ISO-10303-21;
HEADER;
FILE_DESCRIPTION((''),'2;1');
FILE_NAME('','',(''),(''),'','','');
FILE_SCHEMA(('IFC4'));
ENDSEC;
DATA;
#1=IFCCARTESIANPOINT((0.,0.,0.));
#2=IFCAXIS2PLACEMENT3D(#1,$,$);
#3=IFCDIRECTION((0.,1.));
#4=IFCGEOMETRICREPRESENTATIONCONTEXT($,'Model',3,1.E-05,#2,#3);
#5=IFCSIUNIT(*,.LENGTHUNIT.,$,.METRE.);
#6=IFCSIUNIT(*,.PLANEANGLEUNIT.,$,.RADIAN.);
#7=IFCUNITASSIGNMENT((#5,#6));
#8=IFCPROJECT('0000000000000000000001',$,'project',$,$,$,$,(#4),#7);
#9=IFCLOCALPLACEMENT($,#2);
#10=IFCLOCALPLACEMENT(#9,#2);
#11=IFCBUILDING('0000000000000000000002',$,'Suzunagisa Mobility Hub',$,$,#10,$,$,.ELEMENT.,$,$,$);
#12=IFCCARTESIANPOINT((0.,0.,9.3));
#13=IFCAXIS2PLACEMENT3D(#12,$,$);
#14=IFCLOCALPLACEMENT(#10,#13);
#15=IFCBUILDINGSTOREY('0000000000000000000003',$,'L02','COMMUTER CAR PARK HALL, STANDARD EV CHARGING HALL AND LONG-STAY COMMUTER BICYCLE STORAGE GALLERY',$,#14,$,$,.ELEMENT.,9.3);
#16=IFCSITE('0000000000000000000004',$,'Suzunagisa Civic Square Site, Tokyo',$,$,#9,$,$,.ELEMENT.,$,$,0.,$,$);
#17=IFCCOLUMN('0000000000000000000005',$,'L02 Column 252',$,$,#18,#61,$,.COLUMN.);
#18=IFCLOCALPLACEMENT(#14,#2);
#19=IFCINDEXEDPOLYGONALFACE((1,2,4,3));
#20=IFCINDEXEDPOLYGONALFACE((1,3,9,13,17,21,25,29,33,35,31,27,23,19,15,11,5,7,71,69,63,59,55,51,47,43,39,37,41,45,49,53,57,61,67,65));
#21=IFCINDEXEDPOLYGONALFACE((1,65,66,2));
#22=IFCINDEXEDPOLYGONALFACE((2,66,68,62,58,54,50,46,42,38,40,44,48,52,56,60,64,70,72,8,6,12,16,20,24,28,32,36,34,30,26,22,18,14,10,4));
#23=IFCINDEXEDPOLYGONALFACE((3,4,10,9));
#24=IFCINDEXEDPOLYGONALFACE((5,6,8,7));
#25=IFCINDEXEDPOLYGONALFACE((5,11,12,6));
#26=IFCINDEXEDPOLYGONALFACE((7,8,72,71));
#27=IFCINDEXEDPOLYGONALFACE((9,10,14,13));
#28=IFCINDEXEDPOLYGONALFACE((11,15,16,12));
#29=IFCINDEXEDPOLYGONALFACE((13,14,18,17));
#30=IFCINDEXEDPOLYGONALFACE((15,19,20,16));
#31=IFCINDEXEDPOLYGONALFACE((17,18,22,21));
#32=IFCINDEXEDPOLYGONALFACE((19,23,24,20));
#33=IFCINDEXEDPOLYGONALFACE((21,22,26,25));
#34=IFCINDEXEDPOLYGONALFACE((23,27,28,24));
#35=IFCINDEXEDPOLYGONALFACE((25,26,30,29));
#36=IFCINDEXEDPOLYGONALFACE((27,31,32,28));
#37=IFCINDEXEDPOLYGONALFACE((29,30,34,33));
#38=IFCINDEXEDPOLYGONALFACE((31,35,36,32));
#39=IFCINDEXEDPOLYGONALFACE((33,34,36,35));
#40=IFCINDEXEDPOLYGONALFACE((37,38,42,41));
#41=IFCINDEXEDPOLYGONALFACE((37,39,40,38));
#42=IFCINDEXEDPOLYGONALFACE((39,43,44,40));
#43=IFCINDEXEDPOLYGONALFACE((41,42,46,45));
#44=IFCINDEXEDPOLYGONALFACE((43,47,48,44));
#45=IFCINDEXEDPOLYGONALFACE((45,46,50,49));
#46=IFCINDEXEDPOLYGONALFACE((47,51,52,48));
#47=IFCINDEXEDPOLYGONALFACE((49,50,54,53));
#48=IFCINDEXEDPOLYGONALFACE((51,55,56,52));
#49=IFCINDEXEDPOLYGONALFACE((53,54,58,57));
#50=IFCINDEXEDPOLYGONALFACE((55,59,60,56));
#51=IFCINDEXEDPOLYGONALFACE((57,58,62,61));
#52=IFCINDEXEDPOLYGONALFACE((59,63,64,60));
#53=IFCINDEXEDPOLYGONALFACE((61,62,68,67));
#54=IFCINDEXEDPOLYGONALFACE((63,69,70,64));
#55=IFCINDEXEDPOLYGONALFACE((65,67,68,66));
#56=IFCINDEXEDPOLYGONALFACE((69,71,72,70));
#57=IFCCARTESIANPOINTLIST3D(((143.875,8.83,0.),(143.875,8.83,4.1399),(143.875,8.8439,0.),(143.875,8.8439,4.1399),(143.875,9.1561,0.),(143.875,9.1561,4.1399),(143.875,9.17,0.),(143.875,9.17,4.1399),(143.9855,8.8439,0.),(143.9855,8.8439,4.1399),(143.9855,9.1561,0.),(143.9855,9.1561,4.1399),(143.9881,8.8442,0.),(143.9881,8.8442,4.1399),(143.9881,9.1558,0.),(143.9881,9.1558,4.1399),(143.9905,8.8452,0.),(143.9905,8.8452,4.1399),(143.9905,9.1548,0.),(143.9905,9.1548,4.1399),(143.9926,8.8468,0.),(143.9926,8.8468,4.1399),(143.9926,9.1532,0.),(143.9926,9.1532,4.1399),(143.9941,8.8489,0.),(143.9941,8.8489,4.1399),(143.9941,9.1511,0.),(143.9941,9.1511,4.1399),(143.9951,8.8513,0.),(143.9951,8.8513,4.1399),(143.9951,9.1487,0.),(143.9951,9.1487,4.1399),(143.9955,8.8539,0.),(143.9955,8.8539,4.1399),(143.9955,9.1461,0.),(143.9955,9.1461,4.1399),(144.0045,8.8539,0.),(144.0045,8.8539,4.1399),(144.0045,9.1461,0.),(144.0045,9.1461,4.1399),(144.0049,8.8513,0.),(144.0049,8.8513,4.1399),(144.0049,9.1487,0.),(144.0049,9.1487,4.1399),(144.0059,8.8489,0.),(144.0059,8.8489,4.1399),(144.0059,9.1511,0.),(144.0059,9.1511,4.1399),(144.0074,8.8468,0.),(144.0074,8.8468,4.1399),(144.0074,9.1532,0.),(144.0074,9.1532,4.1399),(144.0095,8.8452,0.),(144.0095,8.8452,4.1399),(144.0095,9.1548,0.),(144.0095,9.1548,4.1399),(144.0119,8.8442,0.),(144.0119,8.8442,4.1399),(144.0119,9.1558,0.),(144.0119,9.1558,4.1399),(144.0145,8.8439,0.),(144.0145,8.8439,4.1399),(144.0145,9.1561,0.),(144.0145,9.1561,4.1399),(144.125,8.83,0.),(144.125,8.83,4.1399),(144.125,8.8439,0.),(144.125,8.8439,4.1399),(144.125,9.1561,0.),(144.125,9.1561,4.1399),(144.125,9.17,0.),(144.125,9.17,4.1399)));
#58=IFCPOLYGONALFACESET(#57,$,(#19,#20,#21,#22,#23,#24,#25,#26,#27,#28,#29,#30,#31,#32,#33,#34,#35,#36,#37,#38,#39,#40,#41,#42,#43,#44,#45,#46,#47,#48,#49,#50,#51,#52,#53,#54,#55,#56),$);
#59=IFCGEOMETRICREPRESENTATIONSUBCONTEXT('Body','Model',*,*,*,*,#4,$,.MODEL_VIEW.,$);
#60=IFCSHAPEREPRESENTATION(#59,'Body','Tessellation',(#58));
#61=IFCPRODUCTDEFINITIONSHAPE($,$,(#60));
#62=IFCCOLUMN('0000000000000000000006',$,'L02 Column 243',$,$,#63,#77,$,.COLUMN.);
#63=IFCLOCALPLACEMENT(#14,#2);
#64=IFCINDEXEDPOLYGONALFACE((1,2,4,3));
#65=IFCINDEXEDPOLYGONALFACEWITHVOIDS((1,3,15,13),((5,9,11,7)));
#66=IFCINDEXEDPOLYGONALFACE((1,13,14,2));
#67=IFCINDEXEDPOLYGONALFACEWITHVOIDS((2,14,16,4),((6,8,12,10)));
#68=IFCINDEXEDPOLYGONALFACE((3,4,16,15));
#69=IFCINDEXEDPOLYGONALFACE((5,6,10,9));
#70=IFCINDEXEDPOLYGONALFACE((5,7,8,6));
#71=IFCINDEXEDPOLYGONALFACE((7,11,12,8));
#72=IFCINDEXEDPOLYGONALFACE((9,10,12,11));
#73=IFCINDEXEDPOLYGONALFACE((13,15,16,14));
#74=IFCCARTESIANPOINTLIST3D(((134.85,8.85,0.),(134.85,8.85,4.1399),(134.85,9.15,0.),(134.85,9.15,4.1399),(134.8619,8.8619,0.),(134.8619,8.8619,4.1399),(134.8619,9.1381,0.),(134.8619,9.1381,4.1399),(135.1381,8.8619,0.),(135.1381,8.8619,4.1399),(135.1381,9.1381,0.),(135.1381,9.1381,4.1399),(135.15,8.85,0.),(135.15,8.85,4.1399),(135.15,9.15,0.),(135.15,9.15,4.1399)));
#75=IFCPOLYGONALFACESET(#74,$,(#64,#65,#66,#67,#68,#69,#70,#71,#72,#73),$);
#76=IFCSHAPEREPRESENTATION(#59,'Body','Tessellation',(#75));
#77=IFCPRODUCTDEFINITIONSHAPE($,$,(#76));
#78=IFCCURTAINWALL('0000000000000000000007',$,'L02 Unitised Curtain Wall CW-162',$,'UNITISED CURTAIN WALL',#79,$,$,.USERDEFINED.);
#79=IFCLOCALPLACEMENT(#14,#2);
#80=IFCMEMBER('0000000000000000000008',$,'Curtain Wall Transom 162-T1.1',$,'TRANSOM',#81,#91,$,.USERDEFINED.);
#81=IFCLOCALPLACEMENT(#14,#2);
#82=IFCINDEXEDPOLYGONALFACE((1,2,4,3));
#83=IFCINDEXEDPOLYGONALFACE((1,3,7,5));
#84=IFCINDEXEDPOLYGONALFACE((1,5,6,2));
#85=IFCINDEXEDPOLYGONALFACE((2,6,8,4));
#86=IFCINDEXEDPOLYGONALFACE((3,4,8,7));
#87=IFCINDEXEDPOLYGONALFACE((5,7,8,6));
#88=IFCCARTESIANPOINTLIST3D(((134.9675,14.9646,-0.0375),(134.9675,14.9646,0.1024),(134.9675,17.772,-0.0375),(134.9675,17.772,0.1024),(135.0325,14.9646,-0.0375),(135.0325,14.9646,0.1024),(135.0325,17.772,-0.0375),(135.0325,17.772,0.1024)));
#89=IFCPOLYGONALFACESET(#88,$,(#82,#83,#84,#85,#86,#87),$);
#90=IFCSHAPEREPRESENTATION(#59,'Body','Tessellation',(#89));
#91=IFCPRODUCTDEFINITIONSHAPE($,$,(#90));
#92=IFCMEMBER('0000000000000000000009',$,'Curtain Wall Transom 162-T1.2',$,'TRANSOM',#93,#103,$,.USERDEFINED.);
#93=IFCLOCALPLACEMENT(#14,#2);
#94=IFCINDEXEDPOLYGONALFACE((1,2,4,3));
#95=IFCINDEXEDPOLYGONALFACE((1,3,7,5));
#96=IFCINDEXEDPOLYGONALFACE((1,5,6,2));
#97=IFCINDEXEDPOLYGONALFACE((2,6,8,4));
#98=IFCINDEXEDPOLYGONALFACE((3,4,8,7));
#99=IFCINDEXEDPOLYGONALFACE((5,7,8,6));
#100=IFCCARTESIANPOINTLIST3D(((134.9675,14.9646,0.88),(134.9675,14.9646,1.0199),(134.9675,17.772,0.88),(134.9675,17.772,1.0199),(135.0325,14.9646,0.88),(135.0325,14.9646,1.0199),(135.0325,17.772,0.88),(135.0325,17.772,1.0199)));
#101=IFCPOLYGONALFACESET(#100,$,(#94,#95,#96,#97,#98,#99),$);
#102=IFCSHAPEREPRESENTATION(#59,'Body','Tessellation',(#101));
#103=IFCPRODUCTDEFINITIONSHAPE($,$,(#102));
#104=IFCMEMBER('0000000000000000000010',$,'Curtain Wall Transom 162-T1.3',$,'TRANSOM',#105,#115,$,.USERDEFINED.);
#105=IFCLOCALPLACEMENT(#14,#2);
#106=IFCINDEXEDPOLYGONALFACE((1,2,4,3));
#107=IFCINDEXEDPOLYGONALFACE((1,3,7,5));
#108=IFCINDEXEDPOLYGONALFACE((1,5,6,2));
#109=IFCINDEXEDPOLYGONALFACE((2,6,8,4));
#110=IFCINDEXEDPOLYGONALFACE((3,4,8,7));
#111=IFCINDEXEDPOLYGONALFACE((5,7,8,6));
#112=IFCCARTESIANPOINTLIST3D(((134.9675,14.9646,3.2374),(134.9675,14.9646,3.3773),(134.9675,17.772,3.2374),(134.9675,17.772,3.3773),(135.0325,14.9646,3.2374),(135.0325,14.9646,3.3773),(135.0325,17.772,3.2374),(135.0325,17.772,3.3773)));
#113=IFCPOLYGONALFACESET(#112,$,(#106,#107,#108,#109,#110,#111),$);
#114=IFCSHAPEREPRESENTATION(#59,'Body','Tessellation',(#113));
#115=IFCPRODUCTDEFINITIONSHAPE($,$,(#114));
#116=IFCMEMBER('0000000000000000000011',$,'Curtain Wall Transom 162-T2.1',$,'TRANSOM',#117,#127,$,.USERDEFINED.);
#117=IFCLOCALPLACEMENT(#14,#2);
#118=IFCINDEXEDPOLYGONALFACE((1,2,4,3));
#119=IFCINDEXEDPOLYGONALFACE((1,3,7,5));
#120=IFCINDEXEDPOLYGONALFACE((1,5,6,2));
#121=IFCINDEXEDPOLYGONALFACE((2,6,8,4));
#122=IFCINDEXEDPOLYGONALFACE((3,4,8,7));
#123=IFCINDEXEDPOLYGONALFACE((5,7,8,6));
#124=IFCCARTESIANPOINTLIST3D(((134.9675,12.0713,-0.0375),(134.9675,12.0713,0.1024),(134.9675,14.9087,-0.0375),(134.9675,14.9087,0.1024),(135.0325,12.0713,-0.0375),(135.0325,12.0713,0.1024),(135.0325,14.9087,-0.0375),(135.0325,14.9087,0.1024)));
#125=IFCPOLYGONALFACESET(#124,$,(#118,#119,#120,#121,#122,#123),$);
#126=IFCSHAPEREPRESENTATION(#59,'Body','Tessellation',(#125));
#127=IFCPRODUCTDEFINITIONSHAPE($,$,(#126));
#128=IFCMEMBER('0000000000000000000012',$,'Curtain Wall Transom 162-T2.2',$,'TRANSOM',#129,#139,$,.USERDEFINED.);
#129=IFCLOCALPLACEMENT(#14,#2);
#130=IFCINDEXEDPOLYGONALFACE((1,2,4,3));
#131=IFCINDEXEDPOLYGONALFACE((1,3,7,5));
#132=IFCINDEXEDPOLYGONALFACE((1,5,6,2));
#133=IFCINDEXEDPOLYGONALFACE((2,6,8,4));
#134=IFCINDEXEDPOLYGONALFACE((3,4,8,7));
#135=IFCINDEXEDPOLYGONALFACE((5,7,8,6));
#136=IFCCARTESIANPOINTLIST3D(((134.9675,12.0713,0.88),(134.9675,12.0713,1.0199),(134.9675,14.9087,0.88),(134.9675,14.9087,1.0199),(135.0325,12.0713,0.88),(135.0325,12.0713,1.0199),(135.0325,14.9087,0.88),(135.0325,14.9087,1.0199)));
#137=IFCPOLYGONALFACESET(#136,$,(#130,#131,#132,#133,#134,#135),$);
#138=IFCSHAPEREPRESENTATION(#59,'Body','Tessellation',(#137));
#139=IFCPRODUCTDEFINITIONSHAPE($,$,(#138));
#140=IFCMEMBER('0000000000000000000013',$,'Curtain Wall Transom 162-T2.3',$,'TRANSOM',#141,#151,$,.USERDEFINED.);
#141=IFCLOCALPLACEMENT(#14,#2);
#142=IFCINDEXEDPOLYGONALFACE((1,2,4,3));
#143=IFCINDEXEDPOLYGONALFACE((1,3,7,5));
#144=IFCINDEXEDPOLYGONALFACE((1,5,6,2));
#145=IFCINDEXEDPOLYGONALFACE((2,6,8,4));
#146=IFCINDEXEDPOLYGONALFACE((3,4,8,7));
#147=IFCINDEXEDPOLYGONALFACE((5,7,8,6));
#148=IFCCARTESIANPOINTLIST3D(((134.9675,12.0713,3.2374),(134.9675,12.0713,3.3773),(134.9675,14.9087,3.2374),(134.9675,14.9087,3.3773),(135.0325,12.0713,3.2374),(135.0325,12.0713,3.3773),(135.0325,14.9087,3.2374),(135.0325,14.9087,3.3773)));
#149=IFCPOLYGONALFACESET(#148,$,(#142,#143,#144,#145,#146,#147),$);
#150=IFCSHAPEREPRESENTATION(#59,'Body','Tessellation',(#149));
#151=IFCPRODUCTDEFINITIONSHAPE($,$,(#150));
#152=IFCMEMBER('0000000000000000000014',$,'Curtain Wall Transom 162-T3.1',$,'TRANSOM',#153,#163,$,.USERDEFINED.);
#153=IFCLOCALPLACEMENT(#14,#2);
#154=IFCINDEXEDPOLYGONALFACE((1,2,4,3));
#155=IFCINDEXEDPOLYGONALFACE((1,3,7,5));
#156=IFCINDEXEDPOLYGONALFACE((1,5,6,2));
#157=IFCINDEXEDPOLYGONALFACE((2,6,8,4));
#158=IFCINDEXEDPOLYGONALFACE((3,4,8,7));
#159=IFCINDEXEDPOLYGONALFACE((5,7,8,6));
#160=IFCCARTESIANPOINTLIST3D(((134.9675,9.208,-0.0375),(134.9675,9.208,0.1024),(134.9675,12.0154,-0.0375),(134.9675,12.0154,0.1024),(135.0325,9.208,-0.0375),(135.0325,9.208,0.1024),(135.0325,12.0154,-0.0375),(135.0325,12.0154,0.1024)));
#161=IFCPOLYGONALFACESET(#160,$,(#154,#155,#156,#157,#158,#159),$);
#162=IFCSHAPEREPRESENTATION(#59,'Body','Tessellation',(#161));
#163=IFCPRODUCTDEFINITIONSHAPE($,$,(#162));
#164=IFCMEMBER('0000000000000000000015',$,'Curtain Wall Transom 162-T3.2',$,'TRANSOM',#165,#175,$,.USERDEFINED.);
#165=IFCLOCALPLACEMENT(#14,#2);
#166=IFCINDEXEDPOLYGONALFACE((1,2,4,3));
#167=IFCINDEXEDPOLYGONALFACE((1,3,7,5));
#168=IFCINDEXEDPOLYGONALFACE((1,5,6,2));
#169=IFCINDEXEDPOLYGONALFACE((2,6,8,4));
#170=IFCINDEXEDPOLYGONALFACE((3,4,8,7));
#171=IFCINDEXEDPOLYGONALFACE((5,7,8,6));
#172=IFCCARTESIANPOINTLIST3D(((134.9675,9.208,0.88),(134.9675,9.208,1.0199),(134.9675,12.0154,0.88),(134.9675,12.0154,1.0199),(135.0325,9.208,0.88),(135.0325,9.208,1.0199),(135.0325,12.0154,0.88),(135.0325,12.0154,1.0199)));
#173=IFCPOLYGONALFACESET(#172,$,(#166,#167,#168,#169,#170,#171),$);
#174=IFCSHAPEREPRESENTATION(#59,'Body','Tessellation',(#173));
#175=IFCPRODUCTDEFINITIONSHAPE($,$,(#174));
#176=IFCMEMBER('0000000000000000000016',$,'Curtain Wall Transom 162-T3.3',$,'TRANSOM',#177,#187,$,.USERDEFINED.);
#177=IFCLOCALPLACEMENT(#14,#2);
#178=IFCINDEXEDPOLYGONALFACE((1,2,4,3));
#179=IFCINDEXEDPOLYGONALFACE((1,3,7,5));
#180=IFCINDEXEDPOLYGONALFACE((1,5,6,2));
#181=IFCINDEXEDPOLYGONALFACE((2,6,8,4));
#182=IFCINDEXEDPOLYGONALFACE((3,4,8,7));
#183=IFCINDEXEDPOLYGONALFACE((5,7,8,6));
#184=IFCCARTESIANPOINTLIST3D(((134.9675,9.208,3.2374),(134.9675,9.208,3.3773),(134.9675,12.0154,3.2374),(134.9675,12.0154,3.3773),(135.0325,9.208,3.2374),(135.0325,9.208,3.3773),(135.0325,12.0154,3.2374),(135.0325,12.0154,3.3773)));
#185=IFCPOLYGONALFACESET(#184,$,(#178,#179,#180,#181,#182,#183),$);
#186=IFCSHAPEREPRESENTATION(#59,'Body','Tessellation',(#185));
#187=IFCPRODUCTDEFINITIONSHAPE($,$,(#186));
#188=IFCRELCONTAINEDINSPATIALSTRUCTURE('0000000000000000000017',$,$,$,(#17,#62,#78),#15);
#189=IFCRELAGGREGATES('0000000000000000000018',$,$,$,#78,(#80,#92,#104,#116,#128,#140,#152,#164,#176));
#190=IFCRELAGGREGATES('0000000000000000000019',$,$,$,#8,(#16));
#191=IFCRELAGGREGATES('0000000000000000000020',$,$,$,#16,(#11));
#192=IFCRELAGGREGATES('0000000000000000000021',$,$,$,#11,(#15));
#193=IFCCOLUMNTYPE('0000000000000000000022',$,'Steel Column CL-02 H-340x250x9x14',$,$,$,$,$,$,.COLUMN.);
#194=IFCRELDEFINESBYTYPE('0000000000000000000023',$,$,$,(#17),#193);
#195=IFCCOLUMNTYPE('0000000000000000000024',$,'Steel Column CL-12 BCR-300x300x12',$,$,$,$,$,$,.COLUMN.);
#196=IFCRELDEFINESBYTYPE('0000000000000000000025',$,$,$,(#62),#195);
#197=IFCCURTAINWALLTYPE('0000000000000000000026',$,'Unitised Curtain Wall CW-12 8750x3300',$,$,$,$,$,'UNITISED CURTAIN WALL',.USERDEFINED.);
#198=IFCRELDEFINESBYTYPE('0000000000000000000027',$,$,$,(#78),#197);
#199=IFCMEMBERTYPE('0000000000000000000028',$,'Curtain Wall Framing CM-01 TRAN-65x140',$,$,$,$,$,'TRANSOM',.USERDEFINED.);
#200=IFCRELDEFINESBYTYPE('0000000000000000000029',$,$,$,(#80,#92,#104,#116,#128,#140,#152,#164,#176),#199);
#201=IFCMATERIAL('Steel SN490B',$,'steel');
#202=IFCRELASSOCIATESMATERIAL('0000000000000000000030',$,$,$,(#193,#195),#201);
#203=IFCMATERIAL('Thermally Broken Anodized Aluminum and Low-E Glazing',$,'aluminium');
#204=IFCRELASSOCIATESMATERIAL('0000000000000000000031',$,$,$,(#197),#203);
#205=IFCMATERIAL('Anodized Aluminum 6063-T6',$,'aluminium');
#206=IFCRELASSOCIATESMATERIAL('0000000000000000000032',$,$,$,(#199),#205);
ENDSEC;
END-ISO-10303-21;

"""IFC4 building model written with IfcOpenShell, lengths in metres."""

from ifc_helpers import new_model, si_unit, direction, frame, origin, origin_2d, place, context, subcontext, project, spatial, rectangle, hollow_rectangle, i_section, extrude, material, material_profile, profile_set, type_object, element, aggregate, save


model = new_model("IFC4")

# Units and contexts
model_context = context("Model", 3, precision=1e-05, world=origin(), true_north=direction((0.0, 1.0)))
body_context = subcontext(model_context, "Body", "Model", "MODEL_VIEW")
ifc_project = project(units=[si_unit("LENGTHUNIT", "METRE"), si_unit("PLANEANGLEUNIT", "RADIAN")], contexts=[model_context])

# Site, building, storey
site_placement = place(None, origin())
site = spatial("IfcSite", under=ifc_project, at=site_placement, Name="Suzunagisa Civic Square Site, Tokyo", CompositionType="ELEMENT", RefElevation=0.0)
building_placement = place(site_placement, origin())
building = spatial("IfcBuilding", under=site, at=building_placement, Name="Suzunagisa Mobility Hub", CompositionType="ELEMENT")
storey_placement = place(building_placement, frame((0.0, 0.0, 9.3)))
storey = spatial("IfcBuildingStorey", under=building, at=storey_placement, Name="L02", Description="COMMUTER CAR PARK HALL, STANDARD EV CHARGING HALL AND LONG-STAY COMMUTER BICYCLE STORAGE GALLERY", CompositionType="ELEMENT", Elevation=9.3)

# Columns
ifc_material_1 = material(Name="Steel SN490B", Category="steel")
ifc_material_profile_1 = material_profile(ifc_material_1, i_section(OverallWidth=0.25, OverallDepth=0.3401, WebThickness=0.009, FlangeThickness=0.0139, FilletRadius=0.01, at=origin_2d()), Name="H-340x250x9x14")
ifc_profile_set_1 = profile_set([ifc_material_profile_1], Name="Steel SN490B")
column_type_1 = type_object("IfcColumnType", Name="Steel Column CL-02 H-340x250x9x14", PredefinedType="COLUMN", material=ifc_profile_set_1)
column_1_placement = place(storey_placement, frame((144.0, 9.0, 0.0), z_axis=(0.0, 0.0, 1.0), x_axis=(1.0, 0.0, 0.0)))
element("IfcColumn", 1, at=column_1_placement, inside=storey, type_object=column_type_1, Name="L02 Column 252", PredefinedType="COLUMN", context=body_context, shape_type="SweptSolid", body=[
    extrude(i_section(OverallWidth=0.25, OverallDepth=0.3401, WebThickness=0.009, FlangeThickness=0.0139, FilletRadius=0.01, at=origin_2d()), origin(), (0.0, 0.0, 1.0), 4.1399),
])
ifc_material_profile_2 = material_profile(ifc_material_1, hollow_rectangle(XDim=0.3, YDim=0.3, WallThickness=0.012, at=origin_2d()), Name="BCR-300x300x12")
ifc_profile_set_2 = profile_set([ifc_material_profile_2], Name="Steel SN490B")
column_type_2 = type_object("IfcColumnType", Name="Steel Column CL-12 BCR-300x300x12", PredefinedType="COLUMN", material=ifc_profile_set_2)
column_2_placement = place(storey_placement, frame((135.0, 9.0, 0.0), z_axis=(0.0, 0.0, 1.0), x_axis=(1.0, 0.0, 0.0)))
element("IfcColumn", 2, at=column_2_placement, inside=storey, type_object=column_type_2, Name="L02 Column 243", PredefinedType="COLUMN", context=body_context, shape_type="SweptSolid", body=[
    extrude(hollow_rectangle(XDim=0.3, YDim=0.3, WallThickness=0.012, at=origin_2d()), origin(), (0.0, 0.0, 1.0), 4.1399),
])

# Curtain wall, members
ifc_material_2 = material(Name="Thermally Broken Anodized Aluminum and Low-E Glazing", Category="aluminium")
curtain_wall_type = type_object("IfcCurtainWallType", Name="Unitised Curtain Wall CW-12 8750x3300", ElementType="UNITISED CURTAIN WALL", PredefinedType="USERDEFINED", material=ifc_material_2)
curtain_wall_placement = place(storey_placement, origin())
curtain_wall = element("IfcCurtainWall", 3, at=curtain_wall_placement, inside=storey, type_object=curtain_wall_type, Name="L02 Unitised Curtain Wall CW-162", ObjectType="UNITISED CURTAIN WALL", PredefinedType="USERDEFINED")
ifc_material_3 = material(Name="Anodized Aluminum 6063-T6", Category="aluminium")
ifc_material_profile_3 = material_profile(ifc_material_3, rectangle(XDim=0.0649, YDim=0.1399, at=origin_2d()), Name="TRAN-65x140")
ifc_profile_set_3 = profile_set([ifc_material_profile_3], Name="Anodized Aluminum 6063-T6")
member_type_1 = type_object("IfcMemberType", Name="Curtain Wall Framing CM-01 TRAN-65x140", ElementType="TRANSOM", PredefinedType="USERDEFINED", material=ifc_profile_set_3)
member_1_placement = place(storey_placement, frame((135.0, 17.772, 0.0325), z_axis=(0.0, -1.0, 0.0), x_axis=(1.0, 0.0, 0.0)))
member_1 = element("IfcMember", 4, at=member_1_placement, type_object=member_type_1, Name="Curtain Wall Transom 162-T1.1", ObjectType="TRANSOM", PredefinedType="USERDEFINED", context=body_context, shape_type="SweptSolid", body=[
    extrude(rectangle(XDim=0.0649, YDim=0.1399, at=origin_2d()), origin(), (0.0, 0.0, 1.0), 2.8074),
])
member_2_placement = place(storey_placement, frame((135.0, 17.772, 0.95), z_axis=(0.0, -1.0, 0.0), x_axis=(1.0, 0.0, 0.0)))
member_2 = element("IfcMember", 5, at=member_2_placement, type_object=member_type_1, Name="Curtain Wall Transom 162-T1.2", ObjectType="TRANSOM", PredefinedType="USERDEFINED", context=body_context, shape_type="SweptSolid", body=[
    extrude(rectangle(XDim=0.0649, YDim=0.1399, at=origin_2d()), origin(), (0.0, 0.0, 1.0), 2.8074),
])
member_3_placement = place(storey_placement, frame((135.0, 17.772, 3.3074), z_axis=(0.0, -1.0, 0.0), x_axis=(1.0, 0.0, 0.0)))
member_3 = element("IfcMember", 6, at=member_3_placement, type_object=member_type_1, Name="Curtain Wall Transom 162-T1.3", ObjectType="TRANSOM", PredefinedType="USERDEFINED", context=body_context, shape_type="SweptSolid", body=[
    extrude(rectangle(XDim=0.0649, YDim=0.1399, at=origin_2d()), origin(), (0.0, 0.0, 1.0), 2.8074),
])
member_4_placement = place(storey_placement, frame((135.0, 14.9087, 0.0325), z_axis=(0.0, -1.0, 0.0), x_axis=(1.0, 0.0, 0.0)))
member_4 = element("IfcMember", 7, at=member_4_placement, type_object=member_type_1, Name="Curtain Wall Transom 162-T2.1", ObjectType="TRANSOM", PredefinedType="USERDEFINED", context=body_context, shape_type="SweptSolid", body=[
    extrude(rectangle(XDim=0.0649, YDim=0.1399, at=origin_2d()), origin(), (0.0, 0.0, 1.0), 2.8374),
])
member_5_placement = place(storey_placement, frame((135.0, 14.9087, 0.95), z_axis=(0.0, -1.0, 0.0), x_axis=(1.0, 0.0, 0.0)))
member_5 = element("IfcMember", 8, at=member_5_placement, type_object=member_type_1, Name="Curtain Wall Transom 162-T2.2", ObjectType="TRANSOM", PredefinedType="USERDEFINED", context=body_context, shape_type="SweptSolid", body=[
    extrude(rectangle(XDim=0.0649, YDim=0.1399, at=origin_2d()), origin(), (0.0, 0.0, 1.0), 2.8374),
])
member_6_placement = place(storey_placement, frame((135.0, 14.9087, 3.3074), z_axis=(0.0, -1.0, 0.0), x_axis=(1.0, 0.0, 0.0)))
member_6 = element("IfcMember", 9, at=member_6_placement, type_object=member_type_1, Name="Curtain Wall Transom 162-T2.3", ObjectType="TRANSOM", PredefinedType="USERDEFINED", context=body_context, shape_type="SweptSolid", body=[
    extrude(rectangle(XDim=0.0649, YDim=0.1399, at=origin_2d()), origin(), (0.0, 0.0, 1.0), 2.8374),
])
member_7_placement = place(storey_placement, frame((135.0, 12.0154, 0.0325), z_axis=(0.0, -1.0, 0.0), x_axis=(1.0, 0.0, 0.0)))
member_7 = element("IfcMember", 10, at=member_7_placement, type_object=member_type_1, Name="Curtain Wall Transom 162-T3.1", ObjectType="TRANSOM", PredefinedType="USERDEFINED", context=body_context, shape_type="SweptSolid", body=[
    extrude(rectangle(XDim=0.0649, YDim=0.1399, at=origin_2d()), origin(), (0.0, 0.0, 1.0), 2.8074),
])
member_8_placement = place(storey_placement, frame((135.0, 12.0154, 0.95), z_axis=(0.0, -1.0, 0.0), x_axis=(1.0, 0.0, 0.0)))
member_8 = element("IfcMember", 11, at=member_8_placement, type_object=member_type_1, Name="Curtain Wall Transom 162-T3.2", ObjectType="TRANSOM", PredefinedType="USERDEFINED", context=body_context, shape_type="SweptSolid", body=[
    extrude(rectangle(XDim=0.0649, YDim=0.1399, at=origin_2d()), origin(), (0.0, 0.0, 1.0), 2.8074),
])
member_9_placement = place(storey_placement, frame((135.0, 12.0154, 3.3074), z_axis=(0.0, -1.0, 0.0), x_axis=(1.0, 0.0, 0.0)))
member_9 = element("IfcMember", 12, at=member_9_placement, type_object=member_type_1, Name="Curtain Wall Transom 162-T3.3", ObjectType="TRANSOM", PredefinedType="USERDEFINED", context=body_context, shape_type="SweptSolid", body=[
    extrude(rectangle(XDim=0.0649, YDim=0.1399, at=origin_2d()), origin(), (0.0, 0.0, 1.0), 2.8074),
])

aggregate(curtain_wall, [member_1, member_2, member_3, member_4, member_5, member_6, member_7, member_8, member_9])

save(model, "model.ifc")
